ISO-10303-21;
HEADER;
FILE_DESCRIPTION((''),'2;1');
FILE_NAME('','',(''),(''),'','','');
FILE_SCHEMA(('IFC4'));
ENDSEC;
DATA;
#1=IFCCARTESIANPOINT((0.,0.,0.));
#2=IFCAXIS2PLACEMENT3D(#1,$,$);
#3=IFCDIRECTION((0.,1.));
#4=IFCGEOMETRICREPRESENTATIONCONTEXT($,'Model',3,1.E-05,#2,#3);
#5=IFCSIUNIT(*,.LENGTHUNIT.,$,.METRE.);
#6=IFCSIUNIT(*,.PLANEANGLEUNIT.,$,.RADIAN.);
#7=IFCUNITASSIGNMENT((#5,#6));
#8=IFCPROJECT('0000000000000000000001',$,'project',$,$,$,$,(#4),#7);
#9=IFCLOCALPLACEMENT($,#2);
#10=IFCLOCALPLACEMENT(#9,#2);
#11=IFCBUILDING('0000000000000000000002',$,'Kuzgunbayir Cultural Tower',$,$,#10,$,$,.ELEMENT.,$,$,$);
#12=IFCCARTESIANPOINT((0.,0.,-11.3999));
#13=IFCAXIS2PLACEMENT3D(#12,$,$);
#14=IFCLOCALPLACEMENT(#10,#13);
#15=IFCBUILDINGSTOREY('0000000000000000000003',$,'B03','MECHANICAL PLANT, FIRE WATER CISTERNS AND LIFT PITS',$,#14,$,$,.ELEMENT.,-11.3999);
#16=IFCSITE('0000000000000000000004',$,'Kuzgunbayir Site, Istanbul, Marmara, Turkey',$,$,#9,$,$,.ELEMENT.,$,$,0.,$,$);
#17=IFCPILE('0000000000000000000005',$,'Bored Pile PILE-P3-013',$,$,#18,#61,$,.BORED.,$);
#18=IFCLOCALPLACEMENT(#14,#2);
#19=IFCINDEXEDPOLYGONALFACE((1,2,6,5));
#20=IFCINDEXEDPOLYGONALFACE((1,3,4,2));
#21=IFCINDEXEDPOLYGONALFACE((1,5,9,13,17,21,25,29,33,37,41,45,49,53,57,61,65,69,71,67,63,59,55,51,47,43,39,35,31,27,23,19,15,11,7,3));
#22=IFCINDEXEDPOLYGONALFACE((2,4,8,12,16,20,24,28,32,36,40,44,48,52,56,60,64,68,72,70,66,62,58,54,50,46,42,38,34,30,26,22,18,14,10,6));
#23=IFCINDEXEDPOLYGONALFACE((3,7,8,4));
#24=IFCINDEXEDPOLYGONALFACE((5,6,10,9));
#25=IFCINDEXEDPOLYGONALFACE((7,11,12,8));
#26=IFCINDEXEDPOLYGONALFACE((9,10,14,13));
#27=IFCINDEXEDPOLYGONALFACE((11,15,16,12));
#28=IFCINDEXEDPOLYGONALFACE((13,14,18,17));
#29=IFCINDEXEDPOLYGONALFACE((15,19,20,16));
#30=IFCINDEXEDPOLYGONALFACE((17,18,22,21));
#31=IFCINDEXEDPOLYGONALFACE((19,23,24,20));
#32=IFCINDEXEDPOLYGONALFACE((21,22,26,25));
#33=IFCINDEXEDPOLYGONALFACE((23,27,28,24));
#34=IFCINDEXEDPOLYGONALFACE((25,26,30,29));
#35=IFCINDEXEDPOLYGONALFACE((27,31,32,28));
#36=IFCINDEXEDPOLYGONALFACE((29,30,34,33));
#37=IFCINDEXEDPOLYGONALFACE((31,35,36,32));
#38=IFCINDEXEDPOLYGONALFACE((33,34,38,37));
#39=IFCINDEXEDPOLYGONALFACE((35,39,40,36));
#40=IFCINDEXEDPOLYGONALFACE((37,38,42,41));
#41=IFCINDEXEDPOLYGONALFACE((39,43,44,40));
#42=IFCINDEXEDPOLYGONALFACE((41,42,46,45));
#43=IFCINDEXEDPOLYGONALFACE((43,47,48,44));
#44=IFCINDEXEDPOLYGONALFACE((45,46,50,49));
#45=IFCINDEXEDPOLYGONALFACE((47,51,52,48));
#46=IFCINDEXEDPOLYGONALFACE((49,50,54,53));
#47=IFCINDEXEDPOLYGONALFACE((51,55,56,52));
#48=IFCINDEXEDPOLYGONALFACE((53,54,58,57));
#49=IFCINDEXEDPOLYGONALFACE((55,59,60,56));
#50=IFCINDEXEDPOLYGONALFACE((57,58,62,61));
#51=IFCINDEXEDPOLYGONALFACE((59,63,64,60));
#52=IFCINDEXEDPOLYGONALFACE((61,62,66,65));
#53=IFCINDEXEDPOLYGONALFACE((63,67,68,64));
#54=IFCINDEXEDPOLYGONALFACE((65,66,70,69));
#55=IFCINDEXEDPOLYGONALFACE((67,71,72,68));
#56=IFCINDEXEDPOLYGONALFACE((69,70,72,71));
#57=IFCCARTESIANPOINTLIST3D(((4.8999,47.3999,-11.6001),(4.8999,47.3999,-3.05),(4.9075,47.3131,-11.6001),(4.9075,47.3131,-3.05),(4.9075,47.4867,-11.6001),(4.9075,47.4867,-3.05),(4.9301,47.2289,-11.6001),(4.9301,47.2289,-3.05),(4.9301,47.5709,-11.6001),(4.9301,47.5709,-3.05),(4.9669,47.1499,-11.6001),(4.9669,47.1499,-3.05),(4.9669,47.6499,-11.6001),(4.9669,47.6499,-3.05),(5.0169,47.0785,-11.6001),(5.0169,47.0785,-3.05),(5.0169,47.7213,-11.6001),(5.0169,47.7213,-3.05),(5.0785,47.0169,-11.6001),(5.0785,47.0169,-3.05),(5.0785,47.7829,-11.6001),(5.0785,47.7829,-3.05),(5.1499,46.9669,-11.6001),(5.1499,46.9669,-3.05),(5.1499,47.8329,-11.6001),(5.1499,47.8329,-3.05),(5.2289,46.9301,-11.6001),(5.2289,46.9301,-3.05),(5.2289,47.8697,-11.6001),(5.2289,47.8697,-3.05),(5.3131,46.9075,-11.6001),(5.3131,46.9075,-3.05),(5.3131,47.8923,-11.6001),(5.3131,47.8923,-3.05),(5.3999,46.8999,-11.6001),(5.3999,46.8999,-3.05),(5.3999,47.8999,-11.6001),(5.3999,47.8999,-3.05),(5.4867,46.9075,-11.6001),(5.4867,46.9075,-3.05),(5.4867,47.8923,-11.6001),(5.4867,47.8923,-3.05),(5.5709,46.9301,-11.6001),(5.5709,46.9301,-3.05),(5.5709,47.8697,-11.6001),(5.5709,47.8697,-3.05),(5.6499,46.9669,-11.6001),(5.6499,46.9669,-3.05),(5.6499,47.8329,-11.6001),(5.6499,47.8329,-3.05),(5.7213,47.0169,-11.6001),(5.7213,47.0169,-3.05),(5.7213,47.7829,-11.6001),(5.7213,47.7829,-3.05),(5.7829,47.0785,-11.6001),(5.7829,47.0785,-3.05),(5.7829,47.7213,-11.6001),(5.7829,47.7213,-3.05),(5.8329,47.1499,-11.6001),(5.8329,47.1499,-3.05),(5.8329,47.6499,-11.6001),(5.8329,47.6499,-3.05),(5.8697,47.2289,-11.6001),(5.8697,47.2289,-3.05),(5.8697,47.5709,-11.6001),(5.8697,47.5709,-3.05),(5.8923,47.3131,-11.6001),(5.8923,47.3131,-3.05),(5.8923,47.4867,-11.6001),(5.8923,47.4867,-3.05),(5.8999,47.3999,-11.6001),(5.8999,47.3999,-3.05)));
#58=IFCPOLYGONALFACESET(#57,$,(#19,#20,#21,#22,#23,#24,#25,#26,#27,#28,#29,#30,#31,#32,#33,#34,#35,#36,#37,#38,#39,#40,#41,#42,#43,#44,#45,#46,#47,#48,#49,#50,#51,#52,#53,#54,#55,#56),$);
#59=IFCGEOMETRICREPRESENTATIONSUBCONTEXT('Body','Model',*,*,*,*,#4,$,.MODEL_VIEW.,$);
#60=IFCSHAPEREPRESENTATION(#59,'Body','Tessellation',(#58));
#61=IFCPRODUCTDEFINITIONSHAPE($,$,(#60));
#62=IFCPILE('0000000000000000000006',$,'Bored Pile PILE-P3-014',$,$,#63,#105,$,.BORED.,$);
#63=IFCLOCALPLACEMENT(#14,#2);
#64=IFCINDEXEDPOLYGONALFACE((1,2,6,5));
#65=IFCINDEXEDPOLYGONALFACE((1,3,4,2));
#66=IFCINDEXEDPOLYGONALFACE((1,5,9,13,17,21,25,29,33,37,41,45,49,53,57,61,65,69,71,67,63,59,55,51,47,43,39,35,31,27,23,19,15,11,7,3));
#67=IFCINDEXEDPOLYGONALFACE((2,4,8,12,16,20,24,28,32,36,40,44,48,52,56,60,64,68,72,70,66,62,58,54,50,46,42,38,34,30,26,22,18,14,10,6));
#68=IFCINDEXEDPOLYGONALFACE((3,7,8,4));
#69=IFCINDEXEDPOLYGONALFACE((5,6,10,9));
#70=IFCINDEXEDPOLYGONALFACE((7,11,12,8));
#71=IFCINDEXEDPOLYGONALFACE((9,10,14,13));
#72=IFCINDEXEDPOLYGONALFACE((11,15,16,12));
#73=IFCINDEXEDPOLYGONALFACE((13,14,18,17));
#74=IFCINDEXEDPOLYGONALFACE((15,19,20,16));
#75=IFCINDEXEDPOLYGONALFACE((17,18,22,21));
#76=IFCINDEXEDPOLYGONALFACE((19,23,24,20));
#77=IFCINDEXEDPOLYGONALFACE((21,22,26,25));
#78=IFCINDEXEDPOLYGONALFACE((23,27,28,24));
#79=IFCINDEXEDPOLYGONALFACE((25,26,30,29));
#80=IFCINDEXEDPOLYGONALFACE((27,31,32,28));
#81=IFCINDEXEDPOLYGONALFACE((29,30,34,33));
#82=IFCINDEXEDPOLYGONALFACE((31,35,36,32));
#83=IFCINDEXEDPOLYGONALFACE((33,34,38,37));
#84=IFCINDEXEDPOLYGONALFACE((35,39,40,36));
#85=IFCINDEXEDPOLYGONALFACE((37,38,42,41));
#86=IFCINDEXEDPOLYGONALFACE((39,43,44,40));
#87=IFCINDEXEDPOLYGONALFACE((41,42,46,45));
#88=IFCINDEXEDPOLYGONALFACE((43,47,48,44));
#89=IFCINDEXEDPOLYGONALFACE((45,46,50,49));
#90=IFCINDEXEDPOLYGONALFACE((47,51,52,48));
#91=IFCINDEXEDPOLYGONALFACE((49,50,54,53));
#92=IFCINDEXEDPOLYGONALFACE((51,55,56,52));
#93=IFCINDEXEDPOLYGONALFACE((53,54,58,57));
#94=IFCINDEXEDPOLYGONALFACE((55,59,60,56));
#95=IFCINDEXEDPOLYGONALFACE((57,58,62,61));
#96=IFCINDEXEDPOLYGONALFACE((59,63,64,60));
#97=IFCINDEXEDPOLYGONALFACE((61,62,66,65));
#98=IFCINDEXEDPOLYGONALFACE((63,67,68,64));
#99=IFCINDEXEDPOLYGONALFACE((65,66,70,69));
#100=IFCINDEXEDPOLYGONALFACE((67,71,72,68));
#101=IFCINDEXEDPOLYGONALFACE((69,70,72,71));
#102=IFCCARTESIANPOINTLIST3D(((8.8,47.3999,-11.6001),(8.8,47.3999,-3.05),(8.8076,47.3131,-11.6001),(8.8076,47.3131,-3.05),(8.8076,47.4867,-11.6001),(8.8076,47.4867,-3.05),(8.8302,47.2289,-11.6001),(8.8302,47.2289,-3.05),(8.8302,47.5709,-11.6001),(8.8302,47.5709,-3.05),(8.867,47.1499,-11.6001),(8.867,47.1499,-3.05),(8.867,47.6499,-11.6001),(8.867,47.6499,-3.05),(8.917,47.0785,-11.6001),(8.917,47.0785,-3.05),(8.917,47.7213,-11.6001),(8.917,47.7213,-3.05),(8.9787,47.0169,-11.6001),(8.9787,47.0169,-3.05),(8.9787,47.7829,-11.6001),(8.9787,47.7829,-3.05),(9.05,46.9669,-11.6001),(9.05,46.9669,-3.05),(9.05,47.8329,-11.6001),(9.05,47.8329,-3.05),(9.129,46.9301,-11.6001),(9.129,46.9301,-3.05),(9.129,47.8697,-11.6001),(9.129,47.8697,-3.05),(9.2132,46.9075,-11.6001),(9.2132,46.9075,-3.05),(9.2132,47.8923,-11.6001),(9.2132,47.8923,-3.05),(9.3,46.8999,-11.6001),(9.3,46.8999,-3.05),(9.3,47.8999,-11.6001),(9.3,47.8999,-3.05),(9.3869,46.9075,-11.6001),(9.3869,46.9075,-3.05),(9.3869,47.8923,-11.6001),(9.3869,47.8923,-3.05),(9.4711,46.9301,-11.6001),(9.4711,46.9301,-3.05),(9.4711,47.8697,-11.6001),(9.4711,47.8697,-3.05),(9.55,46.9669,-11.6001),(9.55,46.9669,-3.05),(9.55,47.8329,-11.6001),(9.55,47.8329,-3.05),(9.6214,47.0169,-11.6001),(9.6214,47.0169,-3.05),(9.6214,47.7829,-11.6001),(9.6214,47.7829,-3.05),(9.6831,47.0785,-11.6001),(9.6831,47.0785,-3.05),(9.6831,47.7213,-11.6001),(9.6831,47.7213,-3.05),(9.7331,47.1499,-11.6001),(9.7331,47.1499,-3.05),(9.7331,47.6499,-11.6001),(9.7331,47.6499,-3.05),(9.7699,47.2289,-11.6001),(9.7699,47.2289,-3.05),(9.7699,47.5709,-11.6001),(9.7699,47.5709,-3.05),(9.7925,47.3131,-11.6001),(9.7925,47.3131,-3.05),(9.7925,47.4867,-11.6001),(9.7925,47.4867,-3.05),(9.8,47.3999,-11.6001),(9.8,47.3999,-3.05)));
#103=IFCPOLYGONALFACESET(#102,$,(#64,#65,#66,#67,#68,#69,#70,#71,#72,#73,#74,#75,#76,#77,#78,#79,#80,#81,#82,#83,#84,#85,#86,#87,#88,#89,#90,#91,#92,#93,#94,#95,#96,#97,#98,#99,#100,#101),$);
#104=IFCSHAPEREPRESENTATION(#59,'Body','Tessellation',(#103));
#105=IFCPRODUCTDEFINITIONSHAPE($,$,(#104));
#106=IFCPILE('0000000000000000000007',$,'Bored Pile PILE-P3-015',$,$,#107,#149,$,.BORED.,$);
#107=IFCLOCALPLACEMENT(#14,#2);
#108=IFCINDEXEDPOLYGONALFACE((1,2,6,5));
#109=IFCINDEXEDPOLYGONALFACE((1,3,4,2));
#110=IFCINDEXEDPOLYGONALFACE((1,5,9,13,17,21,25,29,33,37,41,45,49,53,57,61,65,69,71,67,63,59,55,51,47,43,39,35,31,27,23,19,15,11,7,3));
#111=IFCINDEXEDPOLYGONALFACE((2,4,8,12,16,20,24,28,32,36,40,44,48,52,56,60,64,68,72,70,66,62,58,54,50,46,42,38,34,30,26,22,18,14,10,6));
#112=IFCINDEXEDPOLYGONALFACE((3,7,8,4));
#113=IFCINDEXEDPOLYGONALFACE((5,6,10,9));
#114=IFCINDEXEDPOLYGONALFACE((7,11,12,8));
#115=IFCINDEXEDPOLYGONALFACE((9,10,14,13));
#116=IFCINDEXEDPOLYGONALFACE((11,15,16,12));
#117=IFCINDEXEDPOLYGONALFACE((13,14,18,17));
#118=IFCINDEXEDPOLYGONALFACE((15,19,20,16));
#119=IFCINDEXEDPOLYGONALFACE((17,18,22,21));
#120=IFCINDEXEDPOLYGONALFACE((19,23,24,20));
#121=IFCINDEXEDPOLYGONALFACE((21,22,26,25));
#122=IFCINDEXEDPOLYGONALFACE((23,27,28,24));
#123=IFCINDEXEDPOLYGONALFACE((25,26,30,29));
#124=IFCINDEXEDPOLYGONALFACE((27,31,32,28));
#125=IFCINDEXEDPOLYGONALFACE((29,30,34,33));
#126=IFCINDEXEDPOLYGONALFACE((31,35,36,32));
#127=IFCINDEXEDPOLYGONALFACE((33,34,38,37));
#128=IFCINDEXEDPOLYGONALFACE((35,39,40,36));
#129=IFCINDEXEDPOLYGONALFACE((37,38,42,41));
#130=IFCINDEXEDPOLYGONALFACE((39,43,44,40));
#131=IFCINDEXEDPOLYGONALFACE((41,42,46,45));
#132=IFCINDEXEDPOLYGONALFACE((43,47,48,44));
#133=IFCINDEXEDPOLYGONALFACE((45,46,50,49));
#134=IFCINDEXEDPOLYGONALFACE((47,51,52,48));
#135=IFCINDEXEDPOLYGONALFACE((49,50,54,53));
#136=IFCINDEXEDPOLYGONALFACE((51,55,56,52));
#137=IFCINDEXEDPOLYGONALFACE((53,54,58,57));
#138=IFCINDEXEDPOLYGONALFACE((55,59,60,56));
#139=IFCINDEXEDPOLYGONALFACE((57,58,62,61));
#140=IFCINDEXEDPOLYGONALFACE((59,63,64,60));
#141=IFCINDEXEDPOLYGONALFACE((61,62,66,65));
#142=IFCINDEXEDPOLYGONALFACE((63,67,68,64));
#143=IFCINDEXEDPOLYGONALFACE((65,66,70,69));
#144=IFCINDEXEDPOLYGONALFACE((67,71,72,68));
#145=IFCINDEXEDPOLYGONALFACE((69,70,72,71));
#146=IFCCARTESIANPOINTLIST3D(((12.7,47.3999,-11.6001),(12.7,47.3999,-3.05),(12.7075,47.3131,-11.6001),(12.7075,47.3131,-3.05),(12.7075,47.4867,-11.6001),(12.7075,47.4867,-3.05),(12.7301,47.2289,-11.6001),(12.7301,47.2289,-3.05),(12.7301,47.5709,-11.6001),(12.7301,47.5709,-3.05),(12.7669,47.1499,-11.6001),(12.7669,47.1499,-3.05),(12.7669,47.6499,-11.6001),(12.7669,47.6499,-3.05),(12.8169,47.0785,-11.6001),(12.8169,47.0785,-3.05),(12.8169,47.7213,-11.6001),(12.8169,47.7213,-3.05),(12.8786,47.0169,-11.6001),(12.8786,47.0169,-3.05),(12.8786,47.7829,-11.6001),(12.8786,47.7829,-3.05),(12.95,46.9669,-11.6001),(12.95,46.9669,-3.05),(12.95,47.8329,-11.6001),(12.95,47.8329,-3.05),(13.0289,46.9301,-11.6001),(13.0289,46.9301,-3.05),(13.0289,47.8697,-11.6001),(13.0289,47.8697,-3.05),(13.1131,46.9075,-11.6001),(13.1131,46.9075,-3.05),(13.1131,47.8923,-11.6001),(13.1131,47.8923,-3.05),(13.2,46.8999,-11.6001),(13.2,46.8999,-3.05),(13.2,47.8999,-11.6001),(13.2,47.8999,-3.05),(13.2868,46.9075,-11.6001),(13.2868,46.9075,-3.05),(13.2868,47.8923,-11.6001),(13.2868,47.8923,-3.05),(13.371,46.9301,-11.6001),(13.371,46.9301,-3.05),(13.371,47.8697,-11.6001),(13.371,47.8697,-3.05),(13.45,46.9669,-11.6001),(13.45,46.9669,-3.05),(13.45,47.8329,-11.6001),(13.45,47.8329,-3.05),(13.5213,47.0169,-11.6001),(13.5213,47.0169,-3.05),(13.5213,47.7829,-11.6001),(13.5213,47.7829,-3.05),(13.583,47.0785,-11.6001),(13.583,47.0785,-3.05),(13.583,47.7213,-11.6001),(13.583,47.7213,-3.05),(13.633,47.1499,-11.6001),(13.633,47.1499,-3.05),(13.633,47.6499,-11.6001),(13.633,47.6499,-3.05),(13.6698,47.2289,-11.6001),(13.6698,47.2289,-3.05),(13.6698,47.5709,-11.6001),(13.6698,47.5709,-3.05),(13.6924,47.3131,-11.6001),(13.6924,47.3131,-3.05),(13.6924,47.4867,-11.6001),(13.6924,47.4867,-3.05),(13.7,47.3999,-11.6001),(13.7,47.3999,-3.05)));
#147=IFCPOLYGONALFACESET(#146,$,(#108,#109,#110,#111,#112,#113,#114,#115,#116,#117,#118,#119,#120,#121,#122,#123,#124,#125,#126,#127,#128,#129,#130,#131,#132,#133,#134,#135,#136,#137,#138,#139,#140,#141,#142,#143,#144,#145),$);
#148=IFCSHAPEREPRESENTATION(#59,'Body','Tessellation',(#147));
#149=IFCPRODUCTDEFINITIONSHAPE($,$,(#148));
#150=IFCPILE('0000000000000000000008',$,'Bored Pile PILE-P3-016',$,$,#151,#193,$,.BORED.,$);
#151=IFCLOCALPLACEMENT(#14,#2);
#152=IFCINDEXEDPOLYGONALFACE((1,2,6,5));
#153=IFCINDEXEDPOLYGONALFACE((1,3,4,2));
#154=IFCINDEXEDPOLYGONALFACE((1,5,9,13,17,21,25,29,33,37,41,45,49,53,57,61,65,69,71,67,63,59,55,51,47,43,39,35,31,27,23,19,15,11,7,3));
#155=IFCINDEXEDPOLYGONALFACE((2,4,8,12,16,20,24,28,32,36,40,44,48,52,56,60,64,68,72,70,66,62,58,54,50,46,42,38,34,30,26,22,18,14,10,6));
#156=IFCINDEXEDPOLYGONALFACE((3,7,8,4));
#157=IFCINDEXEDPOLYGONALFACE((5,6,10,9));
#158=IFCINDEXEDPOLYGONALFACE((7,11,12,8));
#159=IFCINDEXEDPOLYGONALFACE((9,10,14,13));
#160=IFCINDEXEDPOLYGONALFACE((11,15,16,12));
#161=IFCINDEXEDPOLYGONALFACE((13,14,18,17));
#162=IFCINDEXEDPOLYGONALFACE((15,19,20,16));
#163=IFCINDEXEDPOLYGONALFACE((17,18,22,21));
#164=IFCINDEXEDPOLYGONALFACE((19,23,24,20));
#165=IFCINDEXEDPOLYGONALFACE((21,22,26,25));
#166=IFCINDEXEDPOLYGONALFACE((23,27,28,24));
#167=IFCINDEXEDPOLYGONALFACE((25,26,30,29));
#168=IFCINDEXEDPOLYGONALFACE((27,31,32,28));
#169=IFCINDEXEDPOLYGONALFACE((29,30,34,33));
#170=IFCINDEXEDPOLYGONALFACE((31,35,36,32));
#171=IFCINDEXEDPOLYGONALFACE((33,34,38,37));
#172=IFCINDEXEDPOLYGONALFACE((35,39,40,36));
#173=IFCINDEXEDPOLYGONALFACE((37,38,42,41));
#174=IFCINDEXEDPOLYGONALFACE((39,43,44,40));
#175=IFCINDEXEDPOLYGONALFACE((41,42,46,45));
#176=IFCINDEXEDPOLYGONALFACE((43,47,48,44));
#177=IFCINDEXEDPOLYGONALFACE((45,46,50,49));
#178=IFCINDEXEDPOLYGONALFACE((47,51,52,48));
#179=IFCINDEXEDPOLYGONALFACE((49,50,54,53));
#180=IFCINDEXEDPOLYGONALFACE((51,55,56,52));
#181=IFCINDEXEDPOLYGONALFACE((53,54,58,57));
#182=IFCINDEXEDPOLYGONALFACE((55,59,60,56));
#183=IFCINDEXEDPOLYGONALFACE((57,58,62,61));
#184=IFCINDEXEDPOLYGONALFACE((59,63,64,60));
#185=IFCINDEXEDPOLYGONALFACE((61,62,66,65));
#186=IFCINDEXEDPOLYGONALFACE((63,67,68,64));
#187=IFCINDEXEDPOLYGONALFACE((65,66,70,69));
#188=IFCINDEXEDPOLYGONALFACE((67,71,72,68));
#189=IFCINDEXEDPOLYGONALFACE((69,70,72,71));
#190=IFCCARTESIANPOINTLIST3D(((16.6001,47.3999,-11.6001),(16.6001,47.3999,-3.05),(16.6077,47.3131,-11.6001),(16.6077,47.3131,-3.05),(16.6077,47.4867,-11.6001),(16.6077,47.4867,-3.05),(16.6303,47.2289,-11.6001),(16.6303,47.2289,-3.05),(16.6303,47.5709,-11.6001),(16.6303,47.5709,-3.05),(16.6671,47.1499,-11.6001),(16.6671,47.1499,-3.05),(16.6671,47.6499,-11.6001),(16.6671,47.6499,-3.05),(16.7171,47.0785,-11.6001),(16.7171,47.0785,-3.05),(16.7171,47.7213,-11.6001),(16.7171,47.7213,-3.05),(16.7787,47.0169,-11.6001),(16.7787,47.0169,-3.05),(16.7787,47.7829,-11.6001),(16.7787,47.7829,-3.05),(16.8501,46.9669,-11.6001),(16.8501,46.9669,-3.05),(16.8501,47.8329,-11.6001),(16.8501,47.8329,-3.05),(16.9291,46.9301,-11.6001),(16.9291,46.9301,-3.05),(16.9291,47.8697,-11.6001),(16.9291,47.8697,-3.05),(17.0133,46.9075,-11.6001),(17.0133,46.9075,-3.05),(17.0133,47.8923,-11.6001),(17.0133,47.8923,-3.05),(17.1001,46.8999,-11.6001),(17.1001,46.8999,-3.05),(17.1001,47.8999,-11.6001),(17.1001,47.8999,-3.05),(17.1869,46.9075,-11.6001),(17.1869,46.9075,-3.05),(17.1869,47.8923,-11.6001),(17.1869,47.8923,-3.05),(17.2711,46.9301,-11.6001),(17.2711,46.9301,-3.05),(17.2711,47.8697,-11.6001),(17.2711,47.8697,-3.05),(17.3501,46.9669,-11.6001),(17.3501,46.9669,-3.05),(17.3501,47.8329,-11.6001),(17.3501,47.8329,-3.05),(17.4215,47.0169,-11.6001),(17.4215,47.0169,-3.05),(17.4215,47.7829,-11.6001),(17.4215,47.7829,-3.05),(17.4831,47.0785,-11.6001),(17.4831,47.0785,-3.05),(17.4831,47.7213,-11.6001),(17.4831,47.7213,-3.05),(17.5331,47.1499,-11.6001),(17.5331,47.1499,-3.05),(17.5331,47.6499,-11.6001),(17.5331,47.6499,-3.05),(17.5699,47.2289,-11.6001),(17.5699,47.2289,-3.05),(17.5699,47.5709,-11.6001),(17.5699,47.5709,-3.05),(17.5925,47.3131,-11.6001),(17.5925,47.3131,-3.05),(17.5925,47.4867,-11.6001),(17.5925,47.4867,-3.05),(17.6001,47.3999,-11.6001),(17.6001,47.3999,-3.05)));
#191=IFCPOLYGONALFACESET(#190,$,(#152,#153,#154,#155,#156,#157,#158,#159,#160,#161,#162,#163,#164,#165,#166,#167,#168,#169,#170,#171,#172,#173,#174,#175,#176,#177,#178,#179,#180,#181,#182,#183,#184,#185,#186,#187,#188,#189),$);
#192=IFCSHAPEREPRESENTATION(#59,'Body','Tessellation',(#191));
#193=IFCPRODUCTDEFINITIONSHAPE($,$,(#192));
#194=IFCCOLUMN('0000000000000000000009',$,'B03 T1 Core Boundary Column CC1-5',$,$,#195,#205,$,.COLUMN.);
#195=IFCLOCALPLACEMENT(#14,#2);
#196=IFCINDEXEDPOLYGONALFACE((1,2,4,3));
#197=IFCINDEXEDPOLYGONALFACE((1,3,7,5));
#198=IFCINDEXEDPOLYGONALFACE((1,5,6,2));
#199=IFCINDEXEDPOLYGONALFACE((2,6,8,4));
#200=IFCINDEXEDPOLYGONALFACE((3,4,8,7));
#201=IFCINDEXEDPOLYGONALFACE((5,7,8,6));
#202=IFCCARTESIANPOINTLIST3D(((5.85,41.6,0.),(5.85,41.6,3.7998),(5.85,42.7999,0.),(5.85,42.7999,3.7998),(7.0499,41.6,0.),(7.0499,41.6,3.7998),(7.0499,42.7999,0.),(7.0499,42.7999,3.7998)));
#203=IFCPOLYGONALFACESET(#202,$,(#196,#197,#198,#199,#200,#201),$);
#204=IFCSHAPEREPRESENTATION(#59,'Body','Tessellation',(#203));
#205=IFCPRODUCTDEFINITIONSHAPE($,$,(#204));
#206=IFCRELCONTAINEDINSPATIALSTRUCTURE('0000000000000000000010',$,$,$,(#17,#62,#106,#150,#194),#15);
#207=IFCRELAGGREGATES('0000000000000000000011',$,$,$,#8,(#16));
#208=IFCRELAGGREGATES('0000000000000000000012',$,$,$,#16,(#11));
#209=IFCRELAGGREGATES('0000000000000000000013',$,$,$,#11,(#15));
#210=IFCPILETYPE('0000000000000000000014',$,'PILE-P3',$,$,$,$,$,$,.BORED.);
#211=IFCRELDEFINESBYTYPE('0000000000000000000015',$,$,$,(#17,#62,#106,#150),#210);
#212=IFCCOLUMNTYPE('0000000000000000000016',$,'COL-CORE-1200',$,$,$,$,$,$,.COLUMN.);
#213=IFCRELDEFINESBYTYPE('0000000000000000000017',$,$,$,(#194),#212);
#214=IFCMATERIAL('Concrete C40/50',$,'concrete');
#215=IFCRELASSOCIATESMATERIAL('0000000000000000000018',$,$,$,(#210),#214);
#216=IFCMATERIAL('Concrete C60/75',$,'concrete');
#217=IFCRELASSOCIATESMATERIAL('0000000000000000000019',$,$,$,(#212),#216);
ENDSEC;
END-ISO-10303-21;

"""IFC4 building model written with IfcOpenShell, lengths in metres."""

from ifc_helpers import new_model, si_unit, direction, frame, origin, origin_2d, place, context, subcontext, project, spatial, rectangle, circle, extrude, material, material_profile, profile_set, type_object, element, save


model = new_model("IFC4")

# Units and contexts
model_context = context("Model", 3, precision=1e-05, world=origin(), true_north=direction((0.0, 1.0)))
body_context = subcontext(model_context, "Body", "Model", "MODEL_VIEW")
ifc_project = project(units=[si_unit("LENGTHUNIT", "METRE"), si_unit("PLANEANGLEUNIT", "RADIAN")], contexts=[model_context])

# Site, building, storey
site_placement = place(None, origin())
site = spatial("IfcSite", under=ifc_project, at=site_placement, Name="Kuzgunbayir Site, Istanbul, Marmara, Turkey", CompositionType="ELEMENT", RefElevation=0.0)
building_placement = place(site_placement, origin())
building = spatial("IfcBuilding", under=site, at=building_placement, Name="Kuzgunbayir Cultural Tower", CompositionType="ELEMENT")
storey_placement = place(building_placement, frame((0.0, 0.0, -11.3999)))
storey = spatial("IfcBuildingStorey", under=building, at=storey_placement, Name="B03", Description="MECHANICAL PLANT, FIRE WATER CISTERNS AND LIFT PITS", CompositionType="ELEMENT", Elevation=-11.3999)

# Piles
ifc_material_1 = material(Name="Concrete C40/50", Category="concrete")
ifc_material_profile_1 = material_profile(ifc_material_1, circle(Radius=0.5, at=origin_2d()), Name="BORED PILE 1000")
ifc_profile_set_1 = profile_set([ifc_material_profile_1], Name="Concrete C40/50")
pile_type_1 = type_object("IfcPileType", Name="PILE-P3", PredefinedType="BORED", material=ifc_profile_set_1)
for number, where, z_axis, x_axis, name in (
    (1, (5.3999, 47.3999, -3.05), (0.0, 0.0, -1.0), (1.0, 0.0, 0.0), "Bored Pile PILE-P3-013"),
    (2, (9.3, 47.3999, -3.05), (0.0, 0.0, -1.0), (1.0, 0.0, 0.0), "Bored Pile PILE-P3-014"),
    (3, (13.2, 47.3999, -3.05), (0.0, 0.0, -1.0), (1.0, 0.0, 0.0), "Bored Pile PILE-P3-015"),
    (4, (17.1001, 47.3999, -3.05), (0.0, 0.0, -1.0), (1.0, 0.0, 0.0), "Bored Pile PILE-P3-016"),
):
    element("IfcPile", number, at=place(storey_placement, frame(where, z_axis=z_axis, x_axis=x_axis)), inside=storey, type_object=pile_type_1, Name=name, PredefinedType="BORED", context=body_context, shape_type="SweptSolid", body=[
        extrude(circle(Radius=0.5, at=origin_2d()), origin(), (0.0, 0.0, 1.0), 8.55),
    ])

# Column
ifc_material_2 = material(Name="Concrete C60/75", Category="concrete")
ifc_material_profile_2 = material_profile(ifc_material_2, rectangle(XDim=1.2, YDim=1.2, at=origin_2d()), Name="RC 1200x1200")
ifc_profile_set_2 = profile_set([ifc_material_profile_2], Name="Concrete C60/75")
column_type = type_object("IfcColumnType", Name="COL-CORE-1200", PredefinedType="COLUMN", material=ifc_profile_set_2)
for number, where, z_axis, x_axis, name in (
    (5, (6.45, 42.2, 0.0), (0.0, 0.0, 1.0), (1.0, 0.0, 0.0), "B03 T1 Core Boundary Column CC1-5"),
):
    element("IfcColumn", number, at=place(storey_placement, frame(where, z_axis=z_axis, x_axis=x_axis)), inside=storey, type_object=column_type, Name=name, PredefinedType="COLUMN", context=body_context, shape_type="SweptSolid", body=[
        extrude(rectangle(XDim=1.2, YDim=1.2, at=origin_2d()), origin(), (0.0, 0.0, 1.0), 3.7998),
    ])

save(model, "model.ifc")
